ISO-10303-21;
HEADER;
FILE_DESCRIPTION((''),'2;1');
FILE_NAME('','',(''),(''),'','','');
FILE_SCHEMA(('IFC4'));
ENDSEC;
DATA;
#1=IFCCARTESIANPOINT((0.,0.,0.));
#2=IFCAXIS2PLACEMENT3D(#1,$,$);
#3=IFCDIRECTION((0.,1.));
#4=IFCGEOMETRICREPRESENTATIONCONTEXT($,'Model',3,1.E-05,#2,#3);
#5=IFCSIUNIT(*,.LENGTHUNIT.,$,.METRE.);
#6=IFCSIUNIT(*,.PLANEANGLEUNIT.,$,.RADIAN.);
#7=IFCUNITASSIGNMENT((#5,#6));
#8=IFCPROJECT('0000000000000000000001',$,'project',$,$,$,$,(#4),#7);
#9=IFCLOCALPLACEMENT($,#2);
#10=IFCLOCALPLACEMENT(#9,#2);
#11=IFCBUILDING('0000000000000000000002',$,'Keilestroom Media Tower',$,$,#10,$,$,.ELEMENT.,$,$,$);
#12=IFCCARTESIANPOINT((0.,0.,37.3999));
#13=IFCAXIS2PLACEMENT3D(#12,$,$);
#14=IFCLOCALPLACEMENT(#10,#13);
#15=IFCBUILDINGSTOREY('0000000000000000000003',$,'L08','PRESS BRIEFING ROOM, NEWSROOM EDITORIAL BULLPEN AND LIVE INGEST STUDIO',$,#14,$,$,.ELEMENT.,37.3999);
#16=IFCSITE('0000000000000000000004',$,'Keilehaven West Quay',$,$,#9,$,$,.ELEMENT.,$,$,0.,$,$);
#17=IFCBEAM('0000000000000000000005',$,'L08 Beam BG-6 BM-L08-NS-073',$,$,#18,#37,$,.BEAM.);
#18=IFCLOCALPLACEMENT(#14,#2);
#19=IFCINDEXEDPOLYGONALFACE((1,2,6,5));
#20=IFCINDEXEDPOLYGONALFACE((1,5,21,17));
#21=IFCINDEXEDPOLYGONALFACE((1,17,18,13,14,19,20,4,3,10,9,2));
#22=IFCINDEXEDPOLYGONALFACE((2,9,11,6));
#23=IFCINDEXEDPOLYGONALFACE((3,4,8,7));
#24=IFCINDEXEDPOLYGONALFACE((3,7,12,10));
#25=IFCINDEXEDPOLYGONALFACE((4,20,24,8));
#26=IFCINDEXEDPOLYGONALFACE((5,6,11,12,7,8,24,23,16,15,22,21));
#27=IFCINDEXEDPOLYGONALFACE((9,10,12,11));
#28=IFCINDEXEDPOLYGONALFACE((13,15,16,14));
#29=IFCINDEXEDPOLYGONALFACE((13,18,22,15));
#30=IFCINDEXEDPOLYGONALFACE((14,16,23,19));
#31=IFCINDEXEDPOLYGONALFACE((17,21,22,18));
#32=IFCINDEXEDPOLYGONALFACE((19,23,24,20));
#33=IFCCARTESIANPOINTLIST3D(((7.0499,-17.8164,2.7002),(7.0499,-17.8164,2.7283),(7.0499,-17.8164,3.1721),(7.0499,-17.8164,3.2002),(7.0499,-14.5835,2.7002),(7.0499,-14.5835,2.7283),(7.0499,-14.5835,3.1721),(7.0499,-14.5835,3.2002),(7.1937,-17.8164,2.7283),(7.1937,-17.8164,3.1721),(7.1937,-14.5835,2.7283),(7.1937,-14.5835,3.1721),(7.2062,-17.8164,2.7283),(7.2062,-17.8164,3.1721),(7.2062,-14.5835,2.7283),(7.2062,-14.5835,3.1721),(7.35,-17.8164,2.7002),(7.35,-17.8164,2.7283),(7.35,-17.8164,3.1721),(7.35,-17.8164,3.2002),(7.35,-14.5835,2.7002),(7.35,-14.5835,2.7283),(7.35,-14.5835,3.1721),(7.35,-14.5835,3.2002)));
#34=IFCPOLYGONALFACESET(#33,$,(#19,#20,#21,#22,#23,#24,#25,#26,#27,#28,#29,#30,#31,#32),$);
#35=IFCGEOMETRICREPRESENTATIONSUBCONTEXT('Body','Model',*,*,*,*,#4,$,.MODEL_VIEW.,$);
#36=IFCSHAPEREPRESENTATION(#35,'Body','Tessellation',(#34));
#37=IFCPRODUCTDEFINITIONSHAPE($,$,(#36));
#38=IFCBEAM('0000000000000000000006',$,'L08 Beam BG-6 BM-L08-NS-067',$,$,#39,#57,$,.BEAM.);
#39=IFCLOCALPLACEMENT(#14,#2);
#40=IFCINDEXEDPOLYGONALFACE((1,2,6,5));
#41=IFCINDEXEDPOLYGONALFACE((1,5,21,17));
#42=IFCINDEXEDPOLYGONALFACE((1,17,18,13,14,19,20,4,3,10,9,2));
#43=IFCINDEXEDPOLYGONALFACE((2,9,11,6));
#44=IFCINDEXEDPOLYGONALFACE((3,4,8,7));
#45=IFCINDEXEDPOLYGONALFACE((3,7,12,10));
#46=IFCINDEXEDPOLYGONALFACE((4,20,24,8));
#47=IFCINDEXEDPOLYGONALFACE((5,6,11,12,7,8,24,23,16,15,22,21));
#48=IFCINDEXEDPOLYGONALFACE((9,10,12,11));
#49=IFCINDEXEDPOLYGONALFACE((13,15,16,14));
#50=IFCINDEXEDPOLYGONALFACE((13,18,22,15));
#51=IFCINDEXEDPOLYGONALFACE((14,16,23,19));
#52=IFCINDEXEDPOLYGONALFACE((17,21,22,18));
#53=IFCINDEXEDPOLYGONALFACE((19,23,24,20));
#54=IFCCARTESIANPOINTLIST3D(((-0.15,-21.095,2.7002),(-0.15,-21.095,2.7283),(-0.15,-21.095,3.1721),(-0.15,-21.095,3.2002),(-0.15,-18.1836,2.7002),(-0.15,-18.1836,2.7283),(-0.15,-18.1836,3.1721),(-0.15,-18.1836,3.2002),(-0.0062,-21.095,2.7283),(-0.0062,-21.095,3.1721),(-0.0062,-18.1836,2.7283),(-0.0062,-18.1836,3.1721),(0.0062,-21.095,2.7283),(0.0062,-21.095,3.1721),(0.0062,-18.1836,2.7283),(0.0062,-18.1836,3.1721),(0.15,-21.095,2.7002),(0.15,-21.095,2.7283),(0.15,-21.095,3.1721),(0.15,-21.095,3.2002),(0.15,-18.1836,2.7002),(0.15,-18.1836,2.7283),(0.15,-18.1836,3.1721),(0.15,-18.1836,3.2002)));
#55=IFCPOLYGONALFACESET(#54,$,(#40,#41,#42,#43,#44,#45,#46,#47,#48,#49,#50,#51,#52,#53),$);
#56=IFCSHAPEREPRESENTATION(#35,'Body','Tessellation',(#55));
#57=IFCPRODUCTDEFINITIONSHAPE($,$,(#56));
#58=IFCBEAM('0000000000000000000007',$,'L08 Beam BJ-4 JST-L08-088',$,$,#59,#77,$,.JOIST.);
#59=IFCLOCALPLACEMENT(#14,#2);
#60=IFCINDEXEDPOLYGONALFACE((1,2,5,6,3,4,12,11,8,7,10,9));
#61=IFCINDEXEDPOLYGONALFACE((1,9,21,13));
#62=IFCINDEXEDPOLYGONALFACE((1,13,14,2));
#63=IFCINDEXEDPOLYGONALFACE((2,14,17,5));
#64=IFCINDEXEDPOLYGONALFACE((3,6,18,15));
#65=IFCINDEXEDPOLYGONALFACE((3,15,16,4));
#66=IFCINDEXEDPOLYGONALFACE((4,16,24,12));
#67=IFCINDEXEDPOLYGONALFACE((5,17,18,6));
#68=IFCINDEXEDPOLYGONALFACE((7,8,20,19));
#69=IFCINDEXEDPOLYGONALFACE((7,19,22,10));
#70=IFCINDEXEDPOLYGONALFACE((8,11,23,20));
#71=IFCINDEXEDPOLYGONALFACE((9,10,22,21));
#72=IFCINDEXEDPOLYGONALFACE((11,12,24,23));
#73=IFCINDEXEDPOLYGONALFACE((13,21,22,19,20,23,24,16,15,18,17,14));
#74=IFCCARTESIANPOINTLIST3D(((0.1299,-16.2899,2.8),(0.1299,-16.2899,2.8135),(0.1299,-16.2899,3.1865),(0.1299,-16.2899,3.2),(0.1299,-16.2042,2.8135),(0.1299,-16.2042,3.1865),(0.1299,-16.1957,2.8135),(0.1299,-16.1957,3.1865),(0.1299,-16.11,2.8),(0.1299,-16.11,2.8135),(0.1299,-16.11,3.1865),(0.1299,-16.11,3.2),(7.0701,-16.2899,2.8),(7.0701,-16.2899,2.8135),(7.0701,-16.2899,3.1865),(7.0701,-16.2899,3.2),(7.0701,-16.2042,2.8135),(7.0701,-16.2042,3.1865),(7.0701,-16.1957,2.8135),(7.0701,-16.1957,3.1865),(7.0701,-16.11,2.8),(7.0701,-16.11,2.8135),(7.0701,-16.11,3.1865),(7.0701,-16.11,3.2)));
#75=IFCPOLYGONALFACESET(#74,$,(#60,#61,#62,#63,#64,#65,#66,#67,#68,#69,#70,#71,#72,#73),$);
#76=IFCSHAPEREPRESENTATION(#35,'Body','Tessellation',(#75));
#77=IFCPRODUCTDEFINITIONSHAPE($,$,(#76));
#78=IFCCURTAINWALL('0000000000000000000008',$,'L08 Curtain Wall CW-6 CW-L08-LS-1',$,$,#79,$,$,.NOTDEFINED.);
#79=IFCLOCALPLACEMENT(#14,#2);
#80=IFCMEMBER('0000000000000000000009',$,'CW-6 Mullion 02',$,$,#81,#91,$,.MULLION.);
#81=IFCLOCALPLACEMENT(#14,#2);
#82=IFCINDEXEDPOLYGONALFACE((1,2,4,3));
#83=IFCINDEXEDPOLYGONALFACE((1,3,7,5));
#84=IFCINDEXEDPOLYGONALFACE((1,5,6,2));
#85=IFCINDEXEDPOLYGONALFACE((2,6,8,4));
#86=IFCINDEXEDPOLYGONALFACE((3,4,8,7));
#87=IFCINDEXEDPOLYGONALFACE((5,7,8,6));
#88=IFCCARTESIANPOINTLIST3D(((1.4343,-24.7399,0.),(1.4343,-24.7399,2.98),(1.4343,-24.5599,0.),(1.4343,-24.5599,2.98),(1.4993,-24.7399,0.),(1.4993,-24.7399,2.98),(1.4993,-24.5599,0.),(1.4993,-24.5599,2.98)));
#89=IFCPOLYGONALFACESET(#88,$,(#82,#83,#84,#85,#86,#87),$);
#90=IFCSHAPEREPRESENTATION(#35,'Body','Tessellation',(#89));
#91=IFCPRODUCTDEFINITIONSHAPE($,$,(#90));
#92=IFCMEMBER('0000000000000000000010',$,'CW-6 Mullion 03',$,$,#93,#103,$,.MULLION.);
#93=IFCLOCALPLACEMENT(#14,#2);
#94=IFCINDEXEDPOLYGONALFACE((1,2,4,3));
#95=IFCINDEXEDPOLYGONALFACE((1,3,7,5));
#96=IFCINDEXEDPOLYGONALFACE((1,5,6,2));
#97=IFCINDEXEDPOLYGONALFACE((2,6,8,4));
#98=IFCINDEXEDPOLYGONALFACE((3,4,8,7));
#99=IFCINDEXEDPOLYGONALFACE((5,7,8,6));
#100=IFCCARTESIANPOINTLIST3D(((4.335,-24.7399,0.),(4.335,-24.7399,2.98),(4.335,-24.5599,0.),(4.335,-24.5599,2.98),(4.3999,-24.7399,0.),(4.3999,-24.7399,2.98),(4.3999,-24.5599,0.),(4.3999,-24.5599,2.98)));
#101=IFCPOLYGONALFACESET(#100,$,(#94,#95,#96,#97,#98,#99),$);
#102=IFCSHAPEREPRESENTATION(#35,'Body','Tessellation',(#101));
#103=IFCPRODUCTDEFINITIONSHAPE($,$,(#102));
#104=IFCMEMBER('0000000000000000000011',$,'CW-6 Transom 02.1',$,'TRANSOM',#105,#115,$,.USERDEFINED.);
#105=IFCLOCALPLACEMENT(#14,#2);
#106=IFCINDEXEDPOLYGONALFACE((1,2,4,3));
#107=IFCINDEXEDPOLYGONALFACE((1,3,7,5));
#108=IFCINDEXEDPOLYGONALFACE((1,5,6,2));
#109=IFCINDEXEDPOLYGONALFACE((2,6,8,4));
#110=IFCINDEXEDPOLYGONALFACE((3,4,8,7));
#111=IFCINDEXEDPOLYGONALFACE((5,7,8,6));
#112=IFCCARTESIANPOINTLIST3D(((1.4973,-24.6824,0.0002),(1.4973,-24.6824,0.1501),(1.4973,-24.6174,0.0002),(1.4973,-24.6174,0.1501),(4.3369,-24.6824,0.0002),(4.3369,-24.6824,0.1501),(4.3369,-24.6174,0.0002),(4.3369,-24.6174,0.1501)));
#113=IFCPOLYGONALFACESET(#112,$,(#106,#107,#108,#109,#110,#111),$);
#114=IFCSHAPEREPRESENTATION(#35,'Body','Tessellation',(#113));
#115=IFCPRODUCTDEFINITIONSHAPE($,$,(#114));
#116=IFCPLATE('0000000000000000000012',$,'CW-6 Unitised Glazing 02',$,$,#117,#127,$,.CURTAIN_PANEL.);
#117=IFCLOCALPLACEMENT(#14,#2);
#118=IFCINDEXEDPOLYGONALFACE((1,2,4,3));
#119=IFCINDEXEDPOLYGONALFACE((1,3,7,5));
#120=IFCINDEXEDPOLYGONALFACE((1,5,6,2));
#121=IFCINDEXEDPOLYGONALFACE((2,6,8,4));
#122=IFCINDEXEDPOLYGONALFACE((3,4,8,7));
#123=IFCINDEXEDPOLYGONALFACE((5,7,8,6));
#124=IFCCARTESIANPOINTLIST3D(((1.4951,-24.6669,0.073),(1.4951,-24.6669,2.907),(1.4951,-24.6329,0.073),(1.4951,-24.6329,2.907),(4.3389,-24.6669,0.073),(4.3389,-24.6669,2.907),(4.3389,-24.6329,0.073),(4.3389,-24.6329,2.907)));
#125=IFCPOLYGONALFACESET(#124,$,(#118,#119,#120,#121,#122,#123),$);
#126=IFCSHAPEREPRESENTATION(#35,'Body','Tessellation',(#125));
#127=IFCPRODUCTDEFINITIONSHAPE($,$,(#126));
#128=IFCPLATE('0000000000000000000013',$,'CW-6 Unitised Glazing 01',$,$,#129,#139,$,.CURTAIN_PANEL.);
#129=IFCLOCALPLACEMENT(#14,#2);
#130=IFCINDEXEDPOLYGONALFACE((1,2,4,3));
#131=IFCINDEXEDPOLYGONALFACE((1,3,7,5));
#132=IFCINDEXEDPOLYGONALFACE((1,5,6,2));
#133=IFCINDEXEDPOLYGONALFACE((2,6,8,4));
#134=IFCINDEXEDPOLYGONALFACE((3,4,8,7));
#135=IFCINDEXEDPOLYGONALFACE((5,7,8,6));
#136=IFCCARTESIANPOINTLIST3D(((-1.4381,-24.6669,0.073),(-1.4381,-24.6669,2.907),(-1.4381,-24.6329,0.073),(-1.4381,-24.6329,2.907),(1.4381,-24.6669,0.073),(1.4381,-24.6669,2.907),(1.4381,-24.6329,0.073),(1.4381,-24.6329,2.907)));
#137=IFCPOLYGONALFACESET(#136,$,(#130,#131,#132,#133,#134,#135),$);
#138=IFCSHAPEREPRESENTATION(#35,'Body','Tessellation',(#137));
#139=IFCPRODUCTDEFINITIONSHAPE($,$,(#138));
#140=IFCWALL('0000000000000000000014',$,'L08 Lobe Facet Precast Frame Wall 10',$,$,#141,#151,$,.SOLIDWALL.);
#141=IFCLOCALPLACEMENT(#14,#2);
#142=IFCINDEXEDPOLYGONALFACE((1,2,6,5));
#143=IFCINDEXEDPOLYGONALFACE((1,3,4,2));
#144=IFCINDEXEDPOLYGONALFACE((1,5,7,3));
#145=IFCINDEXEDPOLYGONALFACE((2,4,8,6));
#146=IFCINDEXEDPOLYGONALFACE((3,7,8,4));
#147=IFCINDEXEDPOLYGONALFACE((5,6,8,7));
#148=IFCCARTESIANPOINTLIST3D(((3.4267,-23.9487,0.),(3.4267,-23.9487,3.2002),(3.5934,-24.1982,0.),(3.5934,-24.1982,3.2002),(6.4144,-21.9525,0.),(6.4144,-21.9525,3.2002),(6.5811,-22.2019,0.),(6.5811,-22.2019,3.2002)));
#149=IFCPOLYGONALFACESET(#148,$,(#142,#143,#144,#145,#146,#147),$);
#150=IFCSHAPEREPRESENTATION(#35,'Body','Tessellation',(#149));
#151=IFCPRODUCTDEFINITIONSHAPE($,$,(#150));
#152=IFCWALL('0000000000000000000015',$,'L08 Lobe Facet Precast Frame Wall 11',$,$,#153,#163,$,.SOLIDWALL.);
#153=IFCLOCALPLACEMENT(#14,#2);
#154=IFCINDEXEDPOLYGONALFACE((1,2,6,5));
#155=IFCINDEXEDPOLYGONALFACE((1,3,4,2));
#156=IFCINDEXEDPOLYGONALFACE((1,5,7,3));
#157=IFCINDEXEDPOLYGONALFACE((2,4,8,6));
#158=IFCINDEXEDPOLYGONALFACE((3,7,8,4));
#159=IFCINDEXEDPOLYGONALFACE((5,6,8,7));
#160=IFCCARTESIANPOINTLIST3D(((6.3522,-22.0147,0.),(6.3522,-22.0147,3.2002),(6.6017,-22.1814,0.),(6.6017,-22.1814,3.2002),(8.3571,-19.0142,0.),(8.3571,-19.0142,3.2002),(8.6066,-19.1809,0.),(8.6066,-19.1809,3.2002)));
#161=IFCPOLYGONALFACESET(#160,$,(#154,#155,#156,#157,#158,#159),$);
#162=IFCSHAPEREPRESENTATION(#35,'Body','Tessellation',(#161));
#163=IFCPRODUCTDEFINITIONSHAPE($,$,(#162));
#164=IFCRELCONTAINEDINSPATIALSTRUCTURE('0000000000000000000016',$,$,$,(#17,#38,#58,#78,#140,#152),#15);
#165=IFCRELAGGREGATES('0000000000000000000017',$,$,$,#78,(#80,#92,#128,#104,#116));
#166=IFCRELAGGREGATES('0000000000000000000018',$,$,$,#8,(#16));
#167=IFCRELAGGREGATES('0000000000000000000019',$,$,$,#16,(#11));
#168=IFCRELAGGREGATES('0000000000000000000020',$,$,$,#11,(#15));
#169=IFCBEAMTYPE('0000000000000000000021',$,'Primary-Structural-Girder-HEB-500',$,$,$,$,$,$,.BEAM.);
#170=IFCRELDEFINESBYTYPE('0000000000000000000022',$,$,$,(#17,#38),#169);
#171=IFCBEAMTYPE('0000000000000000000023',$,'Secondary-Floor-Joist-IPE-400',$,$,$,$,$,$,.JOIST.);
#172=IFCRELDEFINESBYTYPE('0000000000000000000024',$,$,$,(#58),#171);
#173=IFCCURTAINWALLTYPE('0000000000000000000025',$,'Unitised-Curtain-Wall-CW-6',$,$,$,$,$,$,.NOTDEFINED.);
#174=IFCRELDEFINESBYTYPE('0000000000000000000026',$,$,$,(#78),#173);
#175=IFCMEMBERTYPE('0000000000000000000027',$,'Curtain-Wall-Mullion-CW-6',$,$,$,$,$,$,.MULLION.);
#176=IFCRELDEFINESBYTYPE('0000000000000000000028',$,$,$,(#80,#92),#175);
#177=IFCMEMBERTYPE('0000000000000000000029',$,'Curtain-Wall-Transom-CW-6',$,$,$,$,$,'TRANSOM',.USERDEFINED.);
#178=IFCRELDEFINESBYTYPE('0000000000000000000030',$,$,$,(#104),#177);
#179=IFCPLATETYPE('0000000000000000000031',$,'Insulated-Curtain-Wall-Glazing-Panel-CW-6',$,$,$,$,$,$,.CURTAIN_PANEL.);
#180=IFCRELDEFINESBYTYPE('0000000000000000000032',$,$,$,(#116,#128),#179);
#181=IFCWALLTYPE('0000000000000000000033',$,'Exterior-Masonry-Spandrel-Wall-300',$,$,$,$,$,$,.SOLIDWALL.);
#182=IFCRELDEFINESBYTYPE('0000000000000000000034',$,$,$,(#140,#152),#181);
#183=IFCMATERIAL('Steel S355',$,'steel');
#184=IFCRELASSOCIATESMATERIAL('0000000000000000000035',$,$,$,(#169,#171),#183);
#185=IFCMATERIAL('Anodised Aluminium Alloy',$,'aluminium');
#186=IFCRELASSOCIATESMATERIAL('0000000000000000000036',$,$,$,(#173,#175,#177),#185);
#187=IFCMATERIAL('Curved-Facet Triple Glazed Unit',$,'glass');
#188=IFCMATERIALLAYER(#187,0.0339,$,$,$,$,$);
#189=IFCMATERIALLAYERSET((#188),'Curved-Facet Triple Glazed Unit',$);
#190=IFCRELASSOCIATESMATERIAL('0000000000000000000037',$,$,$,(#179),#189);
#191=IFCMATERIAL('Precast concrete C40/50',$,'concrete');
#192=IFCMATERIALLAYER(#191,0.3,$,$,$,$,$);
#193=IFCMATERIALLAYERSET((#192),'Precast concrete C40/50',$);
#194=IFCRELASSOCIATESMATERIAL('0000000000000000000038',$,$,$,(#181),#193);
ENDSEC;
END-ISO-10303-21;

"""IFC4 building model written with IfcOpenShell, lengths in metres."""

from ifc_helpers import new_model, si_unit, direction, frame, frame_2d, origin, origin_2d, place, context, subcontext, project, spatial, rectangle, i_section, extrude, source, transform, mapped, material, layer, layer_set, material_profile, profile_set, type_object, element, aggregate, save


model = new_model("IFC4")

# Units and contexts
model_context = context("Model", 3, precision=1e-05, world=origin(), true_north=direction((0.0, 1.0)))
body_context = subcontext(model_context, "Body", "Model", "MODEL_VIEW")
ifc_project = project(units=[si_unit("LENGTHUNIT", "METRE"), si_unit("PLANEANGLEUNIT", "RADIAN")], contexts=[model_context])

# Site, building, storey
site_placement = place(None, origin())
site = spatial("IfcSite", under=ifc_project, at=site_placement, Name="Keilehaven West Quay", CompositionType="ELEMENT", RefElevation=0.0)
building_placement = place(site_placement, origin())
building = spatial("IfcBuilding", under=site, at=building_placement, Name="Keilestroom Media Tower", CompositionType="ELEMENT")
storey_placement = place(building_placement, frame((0.0, 0.0, 37.3999)))
storey = spatial("IfcBuildingStorey", under=building, at=storey_placement, Name="L08", Description="PRESS BRIEFING ROOM, NEWSROOM EDITORIAL BULLPEN AND LIVE INGEST STUDIO", CompositionType="ELEMENT", Elevation=37.3999)

# Beams
ifc_material_1 = material(Name="Steel S355", Category="steel")
ifc_material_profile_1 = material_profile(ifc_material_1, i_section(OverallWidth=0.3, OverallDepth=0.5, WebThickness=0.0125, FlangeThickness=0.0281, at=origin_2d()), Name="HEB 500")
ifc_profile_set_1 = profile_set([ifc_material_profile_1], Name="Steel S355")
beam_type_1 = type_object("IfcBeamType", Name="Primary-Structural-Girder-HEB-500", PredefinedType="BEAM", material=ifc_profile_set_1)
shared_shape_1 = source(origin(), body_context, "Body", "SweptSolid", [
    extrude(i_section(OverallWidth=0.3, OverallDepth=0.5, WebThickness=0.0125, FlangeThickness=0.0281, at=origin_2d()), origin(), (0.0, 0.0, 1.0), 3.2329),
])
for number, where, z_axis, x_axis, name in (
    (1, (7.2, -17.8164, 2.9502), (0.0, 1.0, 0.0), (-1.0, 0.0, 0.0), "L08 Beam BG-6 BM-L08-NS-073"),
):
    element("IfcBeam", number, at=place(storey_placement, frame(where, z_axis=z_axis, x_axis=x_axis)), inside=storey, type_object=beam_type_1, Name=name, PredefinedType="BEAM", context=body_context, shape_type="MappedRepresentation", body=[
        mapped(shared_shape_1, transform((0.0, 0.0, 0.0), x_axis=(1.0, 0.0, 0.0), y_axis=(0.0, 1.0, 0.0), z_axis=(0.0, 0.0, 1.0), scale=1.0)),
    ])
shared_shape_2 = source(origin(), body_context, "Body", "SweptSolid", [
    extrude(i_section(OverallWidth=0.3, OverallDepth=0.5, WebThickness=0.0125, FlangeThickness=0.0281, at=origin_2d()), origin(), (0.0, 0.0, 1.0), 2.9114),
])
beam_1_placement = place(storey_placement, frame((0.0, -21.095, 2.9502), z_axis=(0.0, 1.0, 0.0), x_axis=(-1.0, 0.0, 0.0)))
element("IfcBeam", 2, at=beam_1_placement, inside=storey, type_object=beam_type_1, Name="L08 Beam BG-6 BM-L08-NS-067", PredefinedType="BEAM", context=body_context, shape_type="MappedRepresentation", body=[
    mapped(shared_shape_2, transform((0.0, 0.0, 0.0), x_axis=(1.0, 0.0, 0.0), y_axis=(0.0, 1.0, 0.0), z_axis=(0.0, 0.0, 1.0), scale=1.0)),
])
ifc_material_profile_2 = material_profile(ifc_material_1, i_section(OverallWidth=0.1799, OverallDepth=0.3999, WebThickness=0.0085, FlangeThickness=0.0134, at=origin_2d()), Name="IPE 400")
ifc_profile_set_2 = profile_set([ifc_material_profile_2], Name="Steel S355")
beam_type_2 = type_object("IfcBeamType", Name="Secondary-Floor-Joist-IPE-400", PredefinedType="JOIST", material=ifc_profile_set_2)
shared_shape_3 = source(origin(), body_context, "Body", "SweptSolid", [
    extrude(i_section(OverallWidth=0.1799, OverallDepth=0.3999, WebThickness=0.0085, FlangeThickness=0.0134, at=origin_2d()), origin(), (0.0, 0.0, 1.0), 6.9402),
])
beam_2_placement = place(storey_placement, frame((0.1299, -16.2, 3.0), z_axis=(1.0, 0.0, 0.0), x_axis=(0.0, 1.0, 0.0)))
element("IfcBeam", 3, at=beam_2_placement, inside=storey, type_object=beam_type_2, Name="L08 Beam BJ-4 JST-L08-088", PredefinedType="JOIST", context=body_context, shape_type="MappedRepresentation", body=[
    mapped(shared_shape_3, transform((0.0, 0.0, 0.0), x_axis=(1.0, 0.0, 0.0), y_axis=(0.0, 1.0, 0.0), z_axis=(0.0, 0.0, 1.0), scale=1.0)),
])

# Curtain wall, members, plates
ifc_material_2 = material(Name="Anodised Aluminium Alloy", Category="aluminium")
curtain_wall_type = type_object("IfcCurtainWallType", Name="Unitised-Curtain-Wall-CW-6", PredefinedType="NOTDEFINED", material=ifc_material_2)
curtain_wall_placement = place(storey_placement, origin())
curtain_wall = element("IfcCurtainWall", 4, at=curtain_wall_placement, inside=storey, type_object=curtain_wall_type, Name="L08 Curtain Wall CW-6 CW-L08-LS-1", PredefinedType="NOTDEFINED")
ifc_material_profile_3 = material_profile(ifc_material_2, rectangle(XDim=0.0649, YDim=0.1799, at=origin_2d()), Name="ALU MULLION 65x180")
ifc_profile_set_3 = profile_set([ifc_material_profile_3], Name="Anodised Aluminium Alloy")
member_type_1 = type_object("IfcMemberType", Name="Curtain-Wall-Mullion-CW-6", PredefinedType="MULLION", material=ifc_profile_set_3)
shared_shape_4 = source(origin(), body_context, "Body", "SweptSolid", [
    extrude(rectangle(XDim=0.0649, YDim=0.1799, at=origin_2d()), origin(), (0.0, 0.0, 1.0), 2.98),
])
member_1_placement = place(storey_placement, frame((1.4668, -24.6499, 0.0), z_axis=(0.0, 0.0, 1.0), x_axis=(1.0, 0.0, 0.0)))
member_1 = element("IfcMember", 5, at=member_1_placement, type_object=member_type_1, Name="CW-6 Mullion 02", PredefinedType="MULLION", context=body_context, shape_type="MappedRepresentation", body=[
    mapped(shared_shape_4, transform((0.0, 0.0, 0.0), x_axis=(1.0, 0.0, 0.0), y_axis=(0.0, 1.0, 0.0), z_axis=(0.0, 0.0, 1.0), scale=1.0)),
])
member_2_placement = place(storey_placement, frame((4.3674, -24.6499, 0.0), z_axis=(0.0, 0.0, 1.0), x_axis=(1.0, 0.0, 0.0)))
member_2 = element("IfcMember", 6, at=member_2_placement, type_object=member_type_1, Name="CW-6 Mullion 03", PredefinedType="MULLION", context=body_context, shape_type="MappedRepresentation", body=[
    mapped(shared_shape_4, transform((0.0, 0.0, 0.0), x_axis=(1.0, 0.0, 0.0), y_axis=(0.0, 1.0, 0.0), z_axis=(0.0, 0.0, 1.0), scale=1.0)),
])
ifc_material_profile_4 = material_profile(ifc_material_2, rectangle(XDim=0.0649, YDim=0.1499, at=origin_2d()), Name="ALU TRANSOM 65x150")
ifc_profile_set_4 = profile_set([ifc_material_profile_4], Name="Anodised Aluminium Alloy")
member_type_2 = type_object("IfcMemberType", Name="Curtain-Wall-Transom-CW-6", ElementType="TRANSOM", PredefinedType="USERDEFINED", material=ifc_profile_set_4)
shared_shape_5 = source(origin(), body_context, "Body", "SweptSolid", [
    extrude(rectangle(XDim=0.0649, YDim=0.1499, at=origin_2d()), origin(), (0.0, 0.0, 1.0), 2.8396),
])
member_3_placement = place(storey_placement, frame((1.4973, -24.6499, 0.0752), z_axis=(1.0, 0.0, 0.0), x_axis=(0.0, 1.0, 0.0)))
member_3 = element("IfcMember", 7, at=member_3_placement, type_object=member_type_2, Name="CW-6 Transom 02.1", ObjectType="TRANSOM", PredefinedType="USERDEFINED", context=body_context, shape_type="MappedRepresentation", body=[
    mapped(shared_shape_5, transform((0.0, 0.0, 0.0), x_axis=(1.0, 0.0, 0.0), y_axis=(0.0, 1.0, 0.0), z_axis=(0.0, 0.0, 1.0), scale=1.0)),
])
ifc_material_3 = material(Name="Curved-Facet Triple Glazed Unit", Category="glass")
ifc_layer_1 = layer(ifc_material_3, 0.0339)
ifc_layer_set_1 = layer_set([ifc_layer_1], Name="Curved-Facet Triple Glazed Unit")
plate_type = type_object("IfcPlateType", Name="Insulated-Curtain-Wall-Glazing-Panel-CW-6", PredefinedType="CURTAIN_PANEL", material=ifc_layer_set_1)
shared_shape_6 = source(origin(), body_context, "Body", "SweptSolid", [
    extrude(rectangle(XDim=2.8438, YDim=0.0339, at=origin_2d()), origin(), (0.0, 0.0, 1.0), 2.834),
])
plate_1_placement = place(storey_placement, frame((2.917, -24.6499, 0.073), z_axis=(0.0, 0.0, 1.0), x_axis=(1.0, 0.0, 0.0)))
plate_1 = element("IfcPlate", 8, at=plate_1_placement, type_object=plate_type, Name="CW-6 Unitised Glazing 02", PredefinedType="CURTAIN_PANEL", context=body_context, shape_type="MappedRepresentation", body=[
    mapped(shared_shape_6, transform((0.0, 0.0, 0.0), x_axis=(1.0, 0.0, 0.0), y_axis=(0.0, 1.0, 0.0), z_axis=(0.0, 0.0, 1.0), scale=1.0)),
])
shared_shape_7 = source(origin(), body_context, "Body", "SweptSolid", [
    extrude(rectangle(XDim=2.8762, YDim=0.0339, at=origin_2d()), origin(), (0.0, 0.0, 1.0), 2.834),
])
plate_2_placement = place(storey_placement, frame((0.0, -24.6499, 0.073), z_axis=(0.0, 0.0, 1.0), x_axis=(1.0, 0.0, 0.0)))
plate_2 = element("IfcPlate", 9, at=plate_2_placement, type_object=plate_type, Name="CW-6 Unitised Glazing 01", PredefinedType="CURTAIN_PANEL", context=body_context, shape_type="MappedRepresentation", body=[
    mapped(shared_shape_7, transform((0.0, 0.0, 0.0), x_axis=(1.0, 0.0, 0.0), y_axis=(0.0, 1.0, 0.0), z_axis=(0.0, 0.0, 1.0), scale=1.0)),
])
aggregate(curtain_wall, [member_1, member_2, plate_2, member_3, plate_1])

# Walls
ifc_material_4 = material(Name="Precast concrete C40/50", Category="concrete")
ifc_layer_2 = layer(ifc_material_4, 0.3)
ifc_layer_set_2 = layer_set([ifc_layer_2], Name="Precast concrete C40/50")
wall_type_1 = type_object("IfcWallType", Name="Exterior-Masonry-Spandrel-Wall-300", PredefinedType="SOLIDWALL", material=ifc_layer_set_2)
wall_1_placement = place(storey_placement, frame((3.51, -24.0735, 0.0), z_axis=(0.0, 0.0, 1.0), x_axis=(0.831475, 0.555562, 0.0)))
element("IfcWall", 10, at=wall_1_placement, inside=storey, type_object=wall_type_1, Name="L08 Lobe Facet Precast Frame Wall 10", PredefinedType="SOLIDWALL", context=body_context, shape_type="SweptSolid", body=[
    extrude(rectangle(XDim=3.5933, YDim=0.3, at=frame_2d((1.7966, 0.0))), origin(), (0.0, 0.0, 1.0), 3.2002),
])
for number, where, z_axis, x_axis, name in (
    (11, (6.4771, -22.0979, 0.0), (0.0, 0.0, 1.0), (0.555574, 0.831467, 0.0), "L08 Lobe Facet Precast Frame Wall 11"),
):
    element("IfcWall", number, at=place(storey_placement, frame(where, z_axis=z_axis, x_axis=x_axis)), inside=storey, type_object=wall_type_1, Name=name, PredefinedType="SOLIDWALL", context=body_context, shape_type="SweptSolid", body=[
        extrude(rectangle(XDim=3.6086, YDim=0.3, at=frame_2d((1.8042, 0.0))), origin(), (0.0, 0.0, 1.0), 3.2002),
    ])

save(model, "model.ifc")
